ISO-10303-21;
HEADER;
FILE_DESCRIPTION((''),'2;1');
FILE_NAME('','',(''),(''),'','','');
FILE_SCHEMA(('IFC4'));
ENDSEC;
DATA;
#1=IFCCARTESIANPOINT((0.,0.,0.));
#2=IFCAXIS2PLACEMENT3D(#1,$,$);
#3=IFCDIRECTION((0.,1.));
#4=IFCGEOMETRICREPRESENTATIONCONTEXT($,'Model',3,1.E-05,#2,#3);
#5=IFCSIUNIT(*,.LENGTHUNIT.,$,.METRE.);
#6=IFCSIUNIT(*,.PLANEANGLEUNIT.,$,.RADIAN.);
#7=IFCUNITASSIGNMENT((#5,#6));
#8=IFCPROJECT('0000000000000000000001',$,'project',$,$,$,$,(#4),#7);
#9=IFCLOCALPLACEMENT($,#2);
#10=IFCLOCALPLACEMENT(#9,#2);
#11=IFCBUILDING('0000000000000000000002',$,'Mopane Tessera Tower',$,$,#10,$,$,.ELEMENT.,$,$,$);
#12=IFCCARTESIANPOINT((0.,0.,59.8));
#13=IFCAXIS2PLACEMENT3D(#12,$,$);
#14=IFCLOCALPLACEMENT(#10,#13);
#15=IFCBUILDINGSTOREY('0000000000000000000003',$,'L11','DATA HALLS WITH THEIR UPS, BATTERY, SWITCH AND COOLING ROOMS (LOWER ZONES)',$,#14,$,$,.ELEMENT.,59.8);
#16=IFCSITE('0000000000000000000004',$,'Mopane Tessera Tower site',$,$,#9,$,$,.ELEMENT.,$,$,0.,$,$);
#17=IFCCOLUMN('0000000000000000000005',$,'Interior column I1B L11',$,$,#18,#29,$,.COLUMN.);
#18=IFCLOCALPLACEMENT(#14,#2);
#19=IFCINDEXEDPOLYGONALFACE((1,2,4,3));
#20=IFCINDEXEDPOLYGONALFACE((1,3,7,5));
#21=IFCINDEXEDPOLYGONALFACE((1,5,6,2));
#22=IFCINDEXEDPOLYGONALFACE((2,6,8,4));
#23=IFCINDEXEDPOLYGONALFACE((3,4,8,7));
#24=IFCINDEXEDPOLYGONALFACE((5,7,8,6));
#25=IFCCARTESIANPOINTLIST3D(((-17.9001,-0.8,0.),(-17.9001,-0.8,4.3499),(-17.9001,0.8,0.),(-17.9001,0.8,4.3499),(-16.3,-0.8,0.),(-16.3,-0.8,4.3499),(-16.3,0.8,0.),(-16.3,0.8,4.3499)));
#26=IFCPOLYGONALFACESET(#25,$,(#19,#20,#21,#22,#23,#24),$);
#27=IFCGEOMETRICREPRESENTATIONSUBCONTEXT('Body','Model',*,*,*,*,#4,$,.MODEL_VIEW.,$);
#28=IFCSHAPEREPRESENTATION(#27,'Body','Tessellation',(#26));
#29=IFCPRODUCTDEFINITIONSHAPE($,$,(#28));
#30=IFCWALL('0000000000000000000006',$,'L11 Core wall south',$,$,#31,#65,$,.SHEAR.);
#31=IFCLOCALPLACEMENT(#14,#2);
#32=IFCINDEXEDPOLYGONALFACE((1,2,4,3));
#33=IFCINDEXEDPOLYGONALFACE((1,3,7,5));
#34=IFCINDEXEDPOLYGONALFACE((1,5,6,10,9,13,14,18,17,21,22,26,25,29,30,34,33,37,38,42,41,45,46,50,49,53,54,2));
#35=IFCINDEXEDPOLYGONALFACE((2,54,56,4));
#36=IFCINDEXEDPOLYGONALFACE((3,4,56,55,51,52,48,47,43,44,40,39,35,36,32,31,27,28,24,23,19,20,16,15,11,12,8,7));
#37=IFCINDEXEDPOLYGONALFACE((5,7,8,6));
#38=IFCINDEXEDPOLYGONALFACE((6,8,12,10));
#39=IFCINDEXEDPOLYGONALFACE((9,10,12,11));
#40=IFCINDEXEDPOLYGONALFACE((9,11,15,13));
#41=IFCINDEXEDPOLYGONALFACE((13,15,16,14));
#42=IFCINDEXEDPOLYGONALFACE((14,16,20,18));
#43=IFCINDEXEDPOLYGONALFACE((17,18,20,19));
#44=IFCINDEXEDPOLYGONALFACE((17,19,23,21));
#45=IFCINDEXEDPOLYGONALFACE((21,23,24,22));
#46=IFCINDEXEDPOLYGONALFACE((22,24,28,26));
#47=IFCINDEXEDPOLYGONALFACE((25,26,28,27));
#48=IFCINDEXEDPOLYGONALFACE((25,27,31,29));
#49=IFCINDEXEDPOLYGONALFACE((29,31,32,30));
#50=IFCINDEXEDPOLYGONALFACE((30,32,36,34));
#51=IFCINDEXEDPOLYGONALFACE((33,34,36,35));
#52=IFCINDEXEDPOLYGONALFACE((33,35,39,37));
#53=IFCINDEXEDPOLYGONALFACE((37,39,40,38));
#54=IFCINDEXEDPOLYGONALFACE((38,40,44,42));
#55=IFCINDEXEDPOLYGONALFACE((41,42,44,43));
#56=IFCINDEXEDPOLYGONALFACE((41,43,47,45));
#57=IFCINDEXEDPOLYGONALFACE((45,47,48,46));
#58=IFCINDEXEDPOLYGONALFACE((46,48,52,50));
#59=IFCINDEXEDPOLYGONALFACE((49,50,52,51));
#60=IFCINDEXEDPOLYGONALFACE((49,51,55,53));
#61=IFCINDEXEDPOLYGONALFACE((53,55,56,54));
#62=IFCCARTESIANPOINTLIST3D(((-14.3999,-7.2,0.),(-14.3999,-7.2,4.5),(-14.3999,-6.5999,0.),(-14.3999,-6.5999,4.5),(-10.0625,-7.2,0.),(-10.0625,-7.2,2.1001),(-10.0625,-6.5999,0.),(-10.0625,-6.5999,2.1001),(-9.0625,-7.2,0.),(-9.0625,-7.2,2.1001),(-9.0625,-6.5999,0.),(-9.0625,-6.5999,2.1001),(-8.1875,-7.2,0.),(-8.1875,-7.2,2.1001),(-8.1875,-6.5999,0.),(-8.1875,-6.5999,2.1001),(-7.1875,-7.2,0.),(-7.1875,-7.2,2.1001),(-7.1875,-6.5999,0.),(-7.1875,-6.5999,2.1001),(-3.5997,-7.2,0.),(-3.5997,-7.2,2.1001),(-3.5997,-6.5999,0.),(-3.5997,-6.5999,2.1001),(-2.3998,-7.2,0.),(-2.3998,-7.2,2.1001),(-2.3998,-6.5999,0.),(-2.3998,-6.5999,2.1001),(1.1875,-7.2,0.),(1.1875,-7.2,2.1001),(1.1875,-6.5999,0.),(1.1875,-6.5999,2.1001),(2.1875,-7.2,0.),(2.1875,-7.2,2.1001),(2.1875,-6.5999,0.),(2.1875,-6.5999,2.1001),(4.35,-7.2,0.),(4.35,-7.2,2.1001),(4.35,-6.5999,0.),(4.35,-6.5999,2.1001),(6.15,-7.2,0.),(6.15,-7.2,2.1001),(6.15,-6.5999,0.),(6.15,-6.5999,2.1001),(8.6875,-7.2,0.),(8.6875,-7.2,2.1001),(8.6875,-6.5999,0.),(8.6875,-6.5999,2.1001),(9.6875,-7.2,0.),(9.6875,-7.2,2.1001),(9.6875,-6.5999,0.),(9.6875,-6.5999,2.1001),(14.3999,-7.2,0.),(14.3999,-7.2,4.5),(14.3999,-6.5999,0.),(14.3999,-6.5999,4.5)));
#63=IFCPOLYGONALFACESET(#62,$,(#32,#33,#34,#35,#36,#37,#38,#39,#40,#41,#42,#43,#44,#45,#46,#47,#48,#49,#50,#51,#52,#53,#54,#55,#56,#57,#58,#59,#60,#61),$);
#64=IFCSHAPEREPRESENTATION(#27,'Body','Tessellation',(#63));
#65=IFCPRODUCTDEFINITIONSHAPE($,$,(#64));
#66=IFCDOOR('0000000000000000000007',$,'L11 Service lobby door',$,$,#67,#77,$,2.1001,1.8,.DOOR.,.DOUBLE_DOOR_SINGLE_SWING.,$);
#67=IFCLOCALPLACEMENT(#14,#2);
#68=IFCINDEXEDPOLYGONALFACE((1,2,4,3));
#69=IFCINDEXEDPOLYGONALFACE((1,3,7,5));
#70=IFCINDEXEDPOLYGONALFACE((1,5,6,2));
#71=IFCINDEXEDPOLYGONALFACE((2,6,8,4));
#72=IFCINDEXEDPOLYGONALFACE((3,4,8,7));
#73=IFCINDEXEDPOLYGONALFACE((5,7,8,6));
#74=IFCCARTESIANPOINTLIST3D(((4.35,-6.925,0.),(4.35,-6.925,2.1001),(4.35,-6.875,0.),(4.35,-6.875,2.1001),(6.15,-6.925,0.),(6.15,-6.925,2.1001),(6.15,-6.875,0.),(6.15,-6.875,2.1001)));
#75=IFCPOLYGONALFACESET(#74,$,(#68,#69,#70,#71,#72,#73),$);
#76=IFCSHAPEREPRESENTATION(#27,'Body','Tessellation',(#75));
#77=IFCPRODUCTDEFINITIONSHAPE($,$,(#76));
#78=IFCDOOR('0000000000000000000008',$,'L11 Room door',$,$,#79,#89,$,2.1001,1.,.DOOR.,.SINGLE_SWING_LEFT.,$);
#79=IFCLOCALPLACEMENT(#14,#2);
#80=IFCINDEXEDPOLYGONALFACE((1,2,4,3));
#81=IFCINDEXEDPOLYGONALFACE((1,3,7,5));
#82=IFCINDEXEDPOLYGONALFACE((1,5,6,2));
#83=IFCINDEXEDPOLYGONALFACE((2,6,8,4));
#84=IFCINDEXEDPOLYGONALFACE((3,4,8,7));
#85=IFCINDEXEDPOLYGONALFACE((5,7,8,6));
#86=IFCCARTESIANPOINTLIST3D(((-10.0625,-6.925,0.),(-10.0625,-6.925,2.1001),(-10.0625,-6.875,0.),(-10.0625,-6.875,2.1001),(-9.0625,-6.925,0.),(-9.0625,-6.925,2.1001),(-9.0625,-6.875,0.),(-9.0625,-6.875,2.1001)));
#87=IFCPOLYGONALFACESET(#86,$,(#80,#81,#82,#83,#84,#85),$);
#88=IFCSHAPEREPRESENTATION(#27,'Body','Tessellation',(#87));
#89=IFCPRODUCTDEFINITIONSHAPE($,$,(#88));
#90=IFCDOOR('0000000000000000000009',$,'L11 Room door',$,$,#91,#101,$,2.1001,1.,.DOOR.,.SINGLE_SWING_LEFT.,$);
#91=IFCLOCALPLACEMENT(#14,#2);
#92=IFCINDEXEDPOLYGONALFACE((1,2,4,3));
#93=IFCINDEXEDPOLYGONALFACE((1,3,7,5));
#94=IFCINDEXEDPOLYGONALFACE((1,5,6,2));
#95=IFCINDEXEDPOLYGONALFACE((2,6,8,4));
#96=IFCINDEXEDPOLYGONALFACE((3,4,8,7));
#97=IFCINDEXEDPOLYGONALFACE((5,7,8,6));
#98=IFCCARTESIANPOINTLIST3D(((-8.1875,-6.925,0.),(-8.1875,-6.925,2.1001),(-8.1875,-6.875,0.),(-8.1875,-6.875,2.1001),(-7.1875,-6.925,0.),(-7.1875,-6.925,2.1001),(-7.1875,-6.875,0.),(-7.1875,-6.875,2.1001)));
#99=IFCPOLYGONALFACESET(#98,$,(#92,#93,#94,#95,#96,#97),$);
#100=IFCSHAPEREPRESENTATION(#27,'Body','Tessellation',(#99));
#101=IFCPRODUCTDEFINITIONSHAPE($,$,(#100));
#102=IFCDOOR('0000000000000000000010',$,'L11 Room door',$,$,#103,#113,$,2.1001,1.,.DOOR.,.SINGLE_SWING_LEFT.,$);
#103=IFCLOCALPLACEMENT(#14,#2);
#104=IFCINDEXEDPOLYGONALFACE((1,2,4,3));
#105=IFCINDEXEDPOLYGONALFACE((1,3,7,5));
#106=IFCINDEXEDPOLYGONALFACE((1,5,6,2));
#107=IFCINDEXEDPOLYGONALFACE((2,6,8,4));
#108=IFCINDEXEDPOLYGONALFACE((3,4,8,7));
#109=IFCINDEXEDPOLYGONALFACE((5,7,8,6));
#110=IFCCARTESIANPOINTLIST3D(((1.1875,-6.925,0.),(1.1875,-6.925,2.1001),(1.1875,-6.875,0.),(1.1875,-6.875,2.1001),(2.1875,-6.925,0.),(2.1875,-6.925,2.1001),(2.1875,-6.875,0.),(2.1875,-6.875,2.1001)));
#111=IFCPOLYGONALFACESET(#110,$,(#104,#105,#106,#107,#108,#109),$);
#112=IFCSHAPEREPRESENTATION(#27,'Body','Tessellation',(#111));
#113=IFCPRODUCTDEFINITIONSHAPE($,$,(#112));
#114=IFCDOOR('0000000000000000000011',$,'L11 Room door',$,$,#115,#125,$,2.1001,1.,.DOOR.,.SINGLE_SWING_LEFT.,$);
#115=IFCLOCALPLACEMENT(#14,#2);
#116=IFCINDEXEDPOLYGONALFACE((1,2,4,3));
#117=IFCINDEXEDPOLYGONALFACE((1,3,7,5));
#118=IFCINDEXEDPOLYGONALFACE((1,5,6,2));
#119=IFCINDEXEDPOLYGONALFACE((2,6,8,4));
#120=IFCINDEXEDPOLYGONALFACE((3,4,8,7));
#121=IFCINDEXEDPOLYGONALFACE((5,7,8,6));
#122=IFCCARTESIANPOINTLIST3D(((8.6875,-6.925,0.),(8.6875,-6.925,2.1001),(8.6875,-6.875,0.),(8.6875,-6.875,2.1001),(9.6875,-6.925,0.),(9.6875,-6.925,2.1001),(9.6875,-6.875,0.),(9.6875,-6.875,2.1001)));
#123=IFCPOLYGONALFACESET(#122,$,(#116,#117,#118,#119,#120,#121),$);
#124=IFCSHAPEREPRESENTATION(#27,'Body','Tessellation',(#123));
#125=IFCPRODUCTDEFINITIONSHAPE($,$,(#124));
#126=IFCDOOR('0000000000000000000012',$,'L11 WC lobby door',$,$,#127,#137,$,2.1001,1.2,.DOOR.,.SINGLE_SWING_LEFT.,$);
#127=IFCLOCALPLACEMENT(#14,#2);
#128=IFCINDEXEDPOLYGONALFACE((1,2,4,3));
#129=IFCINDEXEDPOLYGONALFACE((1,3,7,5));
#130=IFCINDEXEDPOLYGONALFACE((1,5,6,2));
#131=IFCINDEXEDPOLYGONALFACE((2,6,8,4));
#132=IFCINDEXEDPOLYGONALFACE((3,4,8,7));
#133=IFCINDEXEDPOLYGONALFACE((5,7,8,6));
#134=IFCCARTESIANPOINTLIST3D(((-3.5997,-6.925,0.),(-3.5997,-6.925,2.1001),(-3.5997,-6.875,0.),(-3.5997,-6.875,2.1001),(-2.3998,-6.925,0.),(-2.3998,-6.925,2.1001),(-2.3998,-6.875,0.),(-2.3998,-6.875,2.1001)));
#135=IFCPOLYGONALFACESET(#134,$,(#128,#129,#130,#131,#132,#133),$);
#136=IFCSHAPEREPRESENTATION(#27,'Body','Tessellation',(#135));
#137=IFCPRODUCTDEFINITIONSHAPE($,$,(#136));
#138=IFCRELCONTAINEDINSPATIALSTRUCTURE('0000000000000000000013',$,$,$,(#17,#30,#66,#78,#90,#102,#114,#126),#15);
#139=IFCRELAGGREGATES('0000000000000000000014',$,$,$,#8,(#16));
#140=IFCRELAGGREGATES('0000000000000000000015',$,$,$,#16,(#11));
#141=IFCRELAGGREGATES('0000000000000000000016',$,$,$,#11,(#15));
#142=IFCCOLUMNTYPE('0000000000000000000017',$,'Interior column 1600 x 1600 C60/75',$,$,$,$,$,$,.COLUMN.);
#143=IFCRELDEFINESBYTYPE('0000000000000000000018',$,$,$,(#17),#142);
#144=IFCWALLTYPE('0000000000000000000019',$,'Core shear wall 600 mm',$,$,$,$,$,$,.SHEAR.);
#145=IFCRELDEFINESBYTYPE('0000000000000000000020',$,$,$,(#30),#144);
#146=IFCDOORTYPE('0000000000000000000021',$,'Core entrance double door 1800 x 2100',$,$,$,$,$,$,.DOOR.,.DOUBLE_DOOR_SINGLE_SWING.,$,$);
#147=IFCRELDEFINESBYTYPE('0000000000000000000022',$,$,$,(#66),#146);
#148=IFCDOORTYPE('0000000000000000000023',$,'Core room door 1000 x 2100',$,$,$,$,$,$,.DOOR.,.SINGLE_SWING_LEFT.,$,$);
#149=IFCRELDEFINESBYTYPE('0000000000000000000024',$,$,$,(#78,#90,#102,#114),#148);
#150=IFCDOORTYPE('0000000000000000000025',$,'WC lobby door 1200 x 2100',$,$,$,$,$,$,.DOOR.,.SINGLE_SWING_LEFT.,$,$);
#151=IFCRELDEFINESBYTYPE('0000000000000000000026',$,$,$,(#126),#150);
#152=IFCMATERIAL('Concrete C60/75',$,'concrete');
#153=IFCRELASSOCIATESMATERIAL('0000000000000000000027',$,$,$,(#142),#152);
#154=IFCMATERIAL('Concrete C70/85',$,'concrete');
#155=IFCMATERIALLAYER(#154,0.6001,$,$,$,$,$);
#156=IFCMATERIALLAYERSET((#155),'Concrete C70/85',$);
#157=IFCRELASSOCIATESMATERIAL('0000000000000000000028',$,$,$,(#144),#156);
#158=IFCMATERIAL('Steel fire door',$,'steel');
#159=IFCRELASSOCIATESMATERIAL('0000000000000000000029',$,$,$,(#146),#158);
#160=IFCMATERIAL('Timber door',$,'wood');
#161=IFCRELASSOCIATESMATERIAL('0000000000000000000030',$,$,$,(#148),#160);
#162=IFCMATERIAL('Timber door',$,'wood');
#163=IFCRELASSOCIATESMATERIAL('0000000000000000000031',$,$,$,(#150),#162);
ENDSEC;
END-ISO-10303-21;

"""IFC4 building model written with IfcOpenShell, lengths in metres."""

from ifc_helpers import new_model, si_unit, direction, frame, frame_2d, origin, origin_2d, place, context, subcontext, project, spatial, rectangle, extrude, material, layer, layer_set, material_profile, profile_set, type_object, element, fill, save


model = new_model("IFC4")

# Units and contexts
model_context = context("Model", 3, precision=1e-05, world=origin(), true_north=direction((0.0, 1.0)))
body_context = subcontext(model_context, "Body", "Model", "MODEL_VIEW")
ifc_project = project(units=[si_unit("LENGTHUNIT", "METRE"), si_unit("PLANEANGLEUNIT", "RADIAN")], contexts=[model_context])

# Site, building, storey
site_placement = place(None, origin())
site = spatial("IfcSite", under=ifc_project, at=site_placement, Name="Mopane Tessera Tower site", CompositionType="ELEMENT", RefElevation=0.0)
building_placement = place(site_placement, origin())
building = spatial("IfcBuilding", under=site, at=building_placement, Name="Mopane Tessera Tower", CompositionType="ELEMENT")
storey_placement = place(building_placement, frame((0.0, 0.0, 59.8)))
storey = spatial("IfcBuildingStorey", under=building, at=storey_placement, Name="L11", Description="DATA HALLS WITH THEIR UPS, BATTERY, SWITCH AND COOLING ROOMS (LOWER ZONES)", CompositionType="ELEMENT", Elevation=59.8)

# Column
ifc_material_1 = material(Name="Concrete C60/75", Category="concrete")
ifc_material_profile = material_profile(ifc_material_1, rectangle(XDim=1.6001, YDim=1.6001, at=origin_2d()))
ifc_profile_set = profile_set([ifc_material_profile], Name="Concrete C60/75")
column_type = type_object("IfcColumnType", Name="Interior column 1600 x 1600 C60/75", PredefinedType="COLUMN", material=ifc_profile_set)
column_placement = place(storey_placement, frame((-17.1001, 0.0, 0.0), z_axis=(0.0, 0.0, 1.0), x_axis=(1.0, 0.0, 0.0)))
element("IfcColumn", 1, at=column_placement, inside=storey, type_object=column_type, Name="Interior column I1B L11", PredefinedType="COLUMN", context=body_context, shape_type="SweptSolid", body=[
    extrude(rectangle(XDim=1.6001, YDim=1.6001, at=origin_2d()), origin(), (0.0, 0.0, 1.0), 4.3499),
])

# Wall, openings, doors
ifc_material_2 = material(Name="Concrete C70/85", Category="concrete")
ifc_layer_1 = layer(ifc_material_2, 0.6001)
ifc_layer_set_1 = layer_set([ifc_layer_1], Name="Concrete C70/85")
wall_type_1 = type_object("IfcWallType", Name="Core shear wall 600 mm", PredefinedType="SHEAR", material=ifc_layer_set_1)
wall_1_placement = place(storey_placement, frame((-14.3999, -6.8999, 0.0), z_axis=(0.0, 0.0, 1.0), x_axis=(1.0, 0.0, 0.0)))
wall_1 = element("IfcWall", 2, at=wall_1_placement, inside=storey, type_object=wall_type_1, Name="L11 Core wall south", PredefinedType="SHEAR", context=body_context, shape_type="SweptSolid", body=[
    extrude(rectangle(XDim=28.7998, YDim=0.6001, at=frame_2d((14.3999, 0.0))), origin(), (0.0, 0.0, 1.0), 4.5),
])
opening_1_placement = place(wall_1_placement, frame((4.3374, 0.0, 0.0)))
opening_1 = element("IfcOpeningElement", 3, at=opening_1_placement, cuts=wall_1, PredefinedType="OPENING", context=body_context, shape_type="SweptSolid", body=[
    extrude(rectangle(XDim=1.0, YDim=2.1001, at=frame_2d((0.5, 1.05))), frame((0.0, 0.312, 0.0), z_axis=(0.0, -1.0, 0.0), x_axis=(1.0, 0.0, 0.0)), (0.0, 0.0, 1.0), 0.624),
])
opening_2_placement = place(wall_1_placement, frame((6.2124, 0.0, 0.0)))
opening_2 = element("IfcOpeningElement", 4, at=opening_2_placement, cuts=wall_1, PredefinedType="OPENING", context=body_context, shape_type="SweptSolid", body=[
    extrude(rectangle(XDim=1.0, YDim=2.1001, at=frame_2d((0.5, 1.05))), frame((0.0, 0.312, 0.0), z_axis=(0.0, -1.0, 0.0), x_axis=(1.0, 0.0, 0.0)), (0.0, 0.0, 1.0), 0.624),
])
opening_3_placement = place(wall_1_placement, frame((10.8, 0.0, 0.0)))
opening_3 = element("IfcOpeningElement", 5, at=opening_3_placement, cuts=wall_1, PredefinedType="OPENING", context=body_context, shape_type="SweptSolid", body=[
    extrude(rectangle(XDim=1.2, YDim=2.1001, at=frame_2d((0.6001, 1.05))), frame((0.0, 0.312, 0.0), z_axis=(0.0, -1.0, 0.0), x_axis=(1.0, 0.0, 0.0)), (0.0, 0.0, 1.0), 0.624),
])
opening_4_placement = place(wall_1_placement, frame((15.5874, 0.0, 0.0)))
opening_4 = element("IfcOpeningElement", 6, at=opening_4_placement, cuts=wall_1, PredefinedType="OPENING", context=body_context, shape_type="SweptSolid", body=[
    extrude(rectangle(XDim=1.0, YDim=2.1001, at=frame_2d((0.5, 1.05))), frame((0.0, 0.312, 0.0), z_axis=(0.0, -1.0, 0.0), x_axis=(1.0, 0.0, 0.0)), (0.0, 0.0, 1.0), 0.624),
])
opening_5_placement = place(wall_1_placement, frame((18.75, 0.0, 0.0)))
opening_5 = element("IfcOpeningElement", 7, at=opening_5_placement, cuts=wall_1, PredefinedType="OPENING", context=body_context, shape_type="SweptSolid", body=[
    extrude(rectangle(XDim=1.8, YDim=2.1001, at=frame_2d((0.8999, 1.05))), frame((0.0, 0.312, 0.0), z_axis=(0.0, -1.0, 0.0), x_axis=(1.0, 0.0, 0.0)), (0.0, 0.0, 1.0), 0.624),
])
opening_6_placement = place(wall_1_placement, frame((23.0874, 0.0, 0.0)))
opening_6 = element("IfcOpeningElement", 8, at=opening_6_placement, cuts=wall_1, PredefinedType="OPENING", context=body_context, shape_type="SweptSolid", body=[
    extrude(rectangle(XDim=1.0, YDim=2.1001, at=frame_2d((0.5, 1.05))), frame((0.0, 0.312, 0.0), z_axis=(0.0, -1.0, 0.0), x_axis=(1.0, 0.0, 0.0)), (0.0, 0.0, 1.0), 0.624),
])
ifc_material_3 = material(Name="Steel fire door", Category="steel")
door_type_1 = type_object("IfcDoorType", Name="Core entrance double door 1800 x 2100", OperationType="DOUBLE_DOOR_SINGLE_SWING", PredefinedType="DOOR", material=ifc_material_3)
door_1_placement = place(opening_5_placement, origin())
door_1 = element("IfcDoor", 9, at=door_1_placement, inside=storey, type_object=door_type_1, Name="L11 Service lobby door", OperationType="DOUBLE_DOOR_SINGLE_SWING", OverallHeight=2.1001, OverallWidth=1.8, PredefinedType="DOOR", context=body_context, shape_type="SweptSolid", body=[
    extrude(rectangle(XDim=1.8, YDim=2.1001, at=frame_2d((0.8999, 1.05))), frame((0.0, 0.0249, 0.0), z_axis=(0.0, -1.0, 0.0), x_axis=(1.0, 0.0, 0.0)), (0.0, 0.0, 1.0), 0.05),
])
fill(opening_5, door_1)
ifc_material_4 = material(Name="Timber door", Category="wood")
door_type_2 = type_object("IfcDoorType", Name="Core room door 1000 x 2100", OperationType="SINGLE_SWING_LEFT", PredefinedType="DOOR", material=ifc_material_4)
door_2_placement = place(opening_1_placement, origin())
door_2 = element("IfcDoor", 10, at=door_2_placement, inside=storey, type_object=door_type_2, Name="L11 Room door", OperationType="SINGLE_SWING_LEFT", OverallHeight=2.1001, OverallWidth=1.0, PredefinedType="DOOR", context=body_context, shape_type="SweptSolid", body=[
    extrude(rectangle(XDim=1.0, YDim=2.1001, at=frame_2d((0.5, 1.05))), frame((0.0, 0.0249, 0.0), z_axis=(0.0, -1.0, 0.0), x_axis=(1.0, 0.0, 0.0)), (0.0, 0.0, 1.0), 0.05),
])
fill(opening_1, door_2)
door_3_placement = place(opening_2_placement, origin())
door_3 = element("IfcDoor", 11, at=door_3_placement, inside=storey, type_object=door_type_2, Name="L11 Room door", OperationType="SINGLE_SWING_LEFT", OverallHeight=2.1001, OverallWidth=1.0, PredefinedType="DOOR", context=body_context, shape_type="SweptSolid", body=[
    extrude(rectangle(XDim=1.0, YDim=2.1001, at=frame_2d((0.5, 1.05))), frame((0.0, 0.0249, 0.0), z_axis=(0.0, -1.0, 0.0), x_axis=(1.0, 0.0, 0.0)), (0.0, 0.0, 1.0), 0.05),
])
fill(opening_2, door_3)
door_4_placement = place(opening_4_placement, origin())
door_4 = element("IfcDoor", 12, at=door_4_placement, inside=storey, type_object=door_type_2, Name="L11 Room door", OperationType="SINGLE_SWING_LEFT", OverallHeight=2.1001, OverallWidth=1.0, PredefinedType="DOOR", context=body_context, shape_type="SweptSolid", body=[
    extrude(rectangle(XDim=1.0, YDim=2.1001, at=frame_2d((0.5, 1.05))), frame((0.0, 0.0249, 0.0), z_axis=(0.0, -1.0, 0.0), x_axis=(1.0, 0.0, 0.0)), (0.0, 0.0, 1.0), 0.05),
])
fill(opening_4, door_4)
door_5_placement = place(opening_6_placement, origin())
door_5 = element("IfcDoor", 13, at=door_5_placement, inside=storey, type_object=door_type_2, Name="L11 Room door", OperationType="SINGLE_SWING_LEFT", OverallHeight=2.1001, OverallWidth=1.0, PredefinedType="DOOR", context=body_context, shape_type="SweptSolid", body=[
    extrude(rectangle(XDim=1.0, YDim=2.1001, at=frame_2d((0.5, 1.05))), frame((0.0, 0.0249, 0.0), z_axis=(0.0, -1.0, 0.0), x_axis=(1.0, 0.0, 0.0)), (0.0, 0.0, 1.0), 0.05),
])
fill(opening_6, door_5)
ifc_material_5 = material(Name="Timber door", Category="wood")
door_type_3 = type_object("IfcDoorType", Name="WC lobby door 1200 x 2100", OperationType="SINGLE_SWING_LEFT", PredefinedType="DOOR", material=ifc_material_5)
door_6_placement = place(opening_3_placement, origin())
door_6 = element("IfcDoor", 14, at=door_6_placement, inside=storey, type_object=door_type_3, Name="L11 WC lobby door", OperationType="SINGLE_SWING_LEFT", OverallHeight=2.1001, OverallWidth=1.2, PredefinedType="DOOR", context=body_context, shape_type="SweptSolid", body=[
    extrude(rectangle(XDim=1.2, YDim=2.1001, at=frame_2d((0.6001, 1.05))), frame((0.0, 0.0249, 0.0), z_axis=(0.0, -1.0, 0.0), x_axis=(1.0, 0.0, 0.0)), (0.0, 0.0, 1.0), 0.05),
])
fill(opening_3, door_6)

save(model, "model.ifc")
